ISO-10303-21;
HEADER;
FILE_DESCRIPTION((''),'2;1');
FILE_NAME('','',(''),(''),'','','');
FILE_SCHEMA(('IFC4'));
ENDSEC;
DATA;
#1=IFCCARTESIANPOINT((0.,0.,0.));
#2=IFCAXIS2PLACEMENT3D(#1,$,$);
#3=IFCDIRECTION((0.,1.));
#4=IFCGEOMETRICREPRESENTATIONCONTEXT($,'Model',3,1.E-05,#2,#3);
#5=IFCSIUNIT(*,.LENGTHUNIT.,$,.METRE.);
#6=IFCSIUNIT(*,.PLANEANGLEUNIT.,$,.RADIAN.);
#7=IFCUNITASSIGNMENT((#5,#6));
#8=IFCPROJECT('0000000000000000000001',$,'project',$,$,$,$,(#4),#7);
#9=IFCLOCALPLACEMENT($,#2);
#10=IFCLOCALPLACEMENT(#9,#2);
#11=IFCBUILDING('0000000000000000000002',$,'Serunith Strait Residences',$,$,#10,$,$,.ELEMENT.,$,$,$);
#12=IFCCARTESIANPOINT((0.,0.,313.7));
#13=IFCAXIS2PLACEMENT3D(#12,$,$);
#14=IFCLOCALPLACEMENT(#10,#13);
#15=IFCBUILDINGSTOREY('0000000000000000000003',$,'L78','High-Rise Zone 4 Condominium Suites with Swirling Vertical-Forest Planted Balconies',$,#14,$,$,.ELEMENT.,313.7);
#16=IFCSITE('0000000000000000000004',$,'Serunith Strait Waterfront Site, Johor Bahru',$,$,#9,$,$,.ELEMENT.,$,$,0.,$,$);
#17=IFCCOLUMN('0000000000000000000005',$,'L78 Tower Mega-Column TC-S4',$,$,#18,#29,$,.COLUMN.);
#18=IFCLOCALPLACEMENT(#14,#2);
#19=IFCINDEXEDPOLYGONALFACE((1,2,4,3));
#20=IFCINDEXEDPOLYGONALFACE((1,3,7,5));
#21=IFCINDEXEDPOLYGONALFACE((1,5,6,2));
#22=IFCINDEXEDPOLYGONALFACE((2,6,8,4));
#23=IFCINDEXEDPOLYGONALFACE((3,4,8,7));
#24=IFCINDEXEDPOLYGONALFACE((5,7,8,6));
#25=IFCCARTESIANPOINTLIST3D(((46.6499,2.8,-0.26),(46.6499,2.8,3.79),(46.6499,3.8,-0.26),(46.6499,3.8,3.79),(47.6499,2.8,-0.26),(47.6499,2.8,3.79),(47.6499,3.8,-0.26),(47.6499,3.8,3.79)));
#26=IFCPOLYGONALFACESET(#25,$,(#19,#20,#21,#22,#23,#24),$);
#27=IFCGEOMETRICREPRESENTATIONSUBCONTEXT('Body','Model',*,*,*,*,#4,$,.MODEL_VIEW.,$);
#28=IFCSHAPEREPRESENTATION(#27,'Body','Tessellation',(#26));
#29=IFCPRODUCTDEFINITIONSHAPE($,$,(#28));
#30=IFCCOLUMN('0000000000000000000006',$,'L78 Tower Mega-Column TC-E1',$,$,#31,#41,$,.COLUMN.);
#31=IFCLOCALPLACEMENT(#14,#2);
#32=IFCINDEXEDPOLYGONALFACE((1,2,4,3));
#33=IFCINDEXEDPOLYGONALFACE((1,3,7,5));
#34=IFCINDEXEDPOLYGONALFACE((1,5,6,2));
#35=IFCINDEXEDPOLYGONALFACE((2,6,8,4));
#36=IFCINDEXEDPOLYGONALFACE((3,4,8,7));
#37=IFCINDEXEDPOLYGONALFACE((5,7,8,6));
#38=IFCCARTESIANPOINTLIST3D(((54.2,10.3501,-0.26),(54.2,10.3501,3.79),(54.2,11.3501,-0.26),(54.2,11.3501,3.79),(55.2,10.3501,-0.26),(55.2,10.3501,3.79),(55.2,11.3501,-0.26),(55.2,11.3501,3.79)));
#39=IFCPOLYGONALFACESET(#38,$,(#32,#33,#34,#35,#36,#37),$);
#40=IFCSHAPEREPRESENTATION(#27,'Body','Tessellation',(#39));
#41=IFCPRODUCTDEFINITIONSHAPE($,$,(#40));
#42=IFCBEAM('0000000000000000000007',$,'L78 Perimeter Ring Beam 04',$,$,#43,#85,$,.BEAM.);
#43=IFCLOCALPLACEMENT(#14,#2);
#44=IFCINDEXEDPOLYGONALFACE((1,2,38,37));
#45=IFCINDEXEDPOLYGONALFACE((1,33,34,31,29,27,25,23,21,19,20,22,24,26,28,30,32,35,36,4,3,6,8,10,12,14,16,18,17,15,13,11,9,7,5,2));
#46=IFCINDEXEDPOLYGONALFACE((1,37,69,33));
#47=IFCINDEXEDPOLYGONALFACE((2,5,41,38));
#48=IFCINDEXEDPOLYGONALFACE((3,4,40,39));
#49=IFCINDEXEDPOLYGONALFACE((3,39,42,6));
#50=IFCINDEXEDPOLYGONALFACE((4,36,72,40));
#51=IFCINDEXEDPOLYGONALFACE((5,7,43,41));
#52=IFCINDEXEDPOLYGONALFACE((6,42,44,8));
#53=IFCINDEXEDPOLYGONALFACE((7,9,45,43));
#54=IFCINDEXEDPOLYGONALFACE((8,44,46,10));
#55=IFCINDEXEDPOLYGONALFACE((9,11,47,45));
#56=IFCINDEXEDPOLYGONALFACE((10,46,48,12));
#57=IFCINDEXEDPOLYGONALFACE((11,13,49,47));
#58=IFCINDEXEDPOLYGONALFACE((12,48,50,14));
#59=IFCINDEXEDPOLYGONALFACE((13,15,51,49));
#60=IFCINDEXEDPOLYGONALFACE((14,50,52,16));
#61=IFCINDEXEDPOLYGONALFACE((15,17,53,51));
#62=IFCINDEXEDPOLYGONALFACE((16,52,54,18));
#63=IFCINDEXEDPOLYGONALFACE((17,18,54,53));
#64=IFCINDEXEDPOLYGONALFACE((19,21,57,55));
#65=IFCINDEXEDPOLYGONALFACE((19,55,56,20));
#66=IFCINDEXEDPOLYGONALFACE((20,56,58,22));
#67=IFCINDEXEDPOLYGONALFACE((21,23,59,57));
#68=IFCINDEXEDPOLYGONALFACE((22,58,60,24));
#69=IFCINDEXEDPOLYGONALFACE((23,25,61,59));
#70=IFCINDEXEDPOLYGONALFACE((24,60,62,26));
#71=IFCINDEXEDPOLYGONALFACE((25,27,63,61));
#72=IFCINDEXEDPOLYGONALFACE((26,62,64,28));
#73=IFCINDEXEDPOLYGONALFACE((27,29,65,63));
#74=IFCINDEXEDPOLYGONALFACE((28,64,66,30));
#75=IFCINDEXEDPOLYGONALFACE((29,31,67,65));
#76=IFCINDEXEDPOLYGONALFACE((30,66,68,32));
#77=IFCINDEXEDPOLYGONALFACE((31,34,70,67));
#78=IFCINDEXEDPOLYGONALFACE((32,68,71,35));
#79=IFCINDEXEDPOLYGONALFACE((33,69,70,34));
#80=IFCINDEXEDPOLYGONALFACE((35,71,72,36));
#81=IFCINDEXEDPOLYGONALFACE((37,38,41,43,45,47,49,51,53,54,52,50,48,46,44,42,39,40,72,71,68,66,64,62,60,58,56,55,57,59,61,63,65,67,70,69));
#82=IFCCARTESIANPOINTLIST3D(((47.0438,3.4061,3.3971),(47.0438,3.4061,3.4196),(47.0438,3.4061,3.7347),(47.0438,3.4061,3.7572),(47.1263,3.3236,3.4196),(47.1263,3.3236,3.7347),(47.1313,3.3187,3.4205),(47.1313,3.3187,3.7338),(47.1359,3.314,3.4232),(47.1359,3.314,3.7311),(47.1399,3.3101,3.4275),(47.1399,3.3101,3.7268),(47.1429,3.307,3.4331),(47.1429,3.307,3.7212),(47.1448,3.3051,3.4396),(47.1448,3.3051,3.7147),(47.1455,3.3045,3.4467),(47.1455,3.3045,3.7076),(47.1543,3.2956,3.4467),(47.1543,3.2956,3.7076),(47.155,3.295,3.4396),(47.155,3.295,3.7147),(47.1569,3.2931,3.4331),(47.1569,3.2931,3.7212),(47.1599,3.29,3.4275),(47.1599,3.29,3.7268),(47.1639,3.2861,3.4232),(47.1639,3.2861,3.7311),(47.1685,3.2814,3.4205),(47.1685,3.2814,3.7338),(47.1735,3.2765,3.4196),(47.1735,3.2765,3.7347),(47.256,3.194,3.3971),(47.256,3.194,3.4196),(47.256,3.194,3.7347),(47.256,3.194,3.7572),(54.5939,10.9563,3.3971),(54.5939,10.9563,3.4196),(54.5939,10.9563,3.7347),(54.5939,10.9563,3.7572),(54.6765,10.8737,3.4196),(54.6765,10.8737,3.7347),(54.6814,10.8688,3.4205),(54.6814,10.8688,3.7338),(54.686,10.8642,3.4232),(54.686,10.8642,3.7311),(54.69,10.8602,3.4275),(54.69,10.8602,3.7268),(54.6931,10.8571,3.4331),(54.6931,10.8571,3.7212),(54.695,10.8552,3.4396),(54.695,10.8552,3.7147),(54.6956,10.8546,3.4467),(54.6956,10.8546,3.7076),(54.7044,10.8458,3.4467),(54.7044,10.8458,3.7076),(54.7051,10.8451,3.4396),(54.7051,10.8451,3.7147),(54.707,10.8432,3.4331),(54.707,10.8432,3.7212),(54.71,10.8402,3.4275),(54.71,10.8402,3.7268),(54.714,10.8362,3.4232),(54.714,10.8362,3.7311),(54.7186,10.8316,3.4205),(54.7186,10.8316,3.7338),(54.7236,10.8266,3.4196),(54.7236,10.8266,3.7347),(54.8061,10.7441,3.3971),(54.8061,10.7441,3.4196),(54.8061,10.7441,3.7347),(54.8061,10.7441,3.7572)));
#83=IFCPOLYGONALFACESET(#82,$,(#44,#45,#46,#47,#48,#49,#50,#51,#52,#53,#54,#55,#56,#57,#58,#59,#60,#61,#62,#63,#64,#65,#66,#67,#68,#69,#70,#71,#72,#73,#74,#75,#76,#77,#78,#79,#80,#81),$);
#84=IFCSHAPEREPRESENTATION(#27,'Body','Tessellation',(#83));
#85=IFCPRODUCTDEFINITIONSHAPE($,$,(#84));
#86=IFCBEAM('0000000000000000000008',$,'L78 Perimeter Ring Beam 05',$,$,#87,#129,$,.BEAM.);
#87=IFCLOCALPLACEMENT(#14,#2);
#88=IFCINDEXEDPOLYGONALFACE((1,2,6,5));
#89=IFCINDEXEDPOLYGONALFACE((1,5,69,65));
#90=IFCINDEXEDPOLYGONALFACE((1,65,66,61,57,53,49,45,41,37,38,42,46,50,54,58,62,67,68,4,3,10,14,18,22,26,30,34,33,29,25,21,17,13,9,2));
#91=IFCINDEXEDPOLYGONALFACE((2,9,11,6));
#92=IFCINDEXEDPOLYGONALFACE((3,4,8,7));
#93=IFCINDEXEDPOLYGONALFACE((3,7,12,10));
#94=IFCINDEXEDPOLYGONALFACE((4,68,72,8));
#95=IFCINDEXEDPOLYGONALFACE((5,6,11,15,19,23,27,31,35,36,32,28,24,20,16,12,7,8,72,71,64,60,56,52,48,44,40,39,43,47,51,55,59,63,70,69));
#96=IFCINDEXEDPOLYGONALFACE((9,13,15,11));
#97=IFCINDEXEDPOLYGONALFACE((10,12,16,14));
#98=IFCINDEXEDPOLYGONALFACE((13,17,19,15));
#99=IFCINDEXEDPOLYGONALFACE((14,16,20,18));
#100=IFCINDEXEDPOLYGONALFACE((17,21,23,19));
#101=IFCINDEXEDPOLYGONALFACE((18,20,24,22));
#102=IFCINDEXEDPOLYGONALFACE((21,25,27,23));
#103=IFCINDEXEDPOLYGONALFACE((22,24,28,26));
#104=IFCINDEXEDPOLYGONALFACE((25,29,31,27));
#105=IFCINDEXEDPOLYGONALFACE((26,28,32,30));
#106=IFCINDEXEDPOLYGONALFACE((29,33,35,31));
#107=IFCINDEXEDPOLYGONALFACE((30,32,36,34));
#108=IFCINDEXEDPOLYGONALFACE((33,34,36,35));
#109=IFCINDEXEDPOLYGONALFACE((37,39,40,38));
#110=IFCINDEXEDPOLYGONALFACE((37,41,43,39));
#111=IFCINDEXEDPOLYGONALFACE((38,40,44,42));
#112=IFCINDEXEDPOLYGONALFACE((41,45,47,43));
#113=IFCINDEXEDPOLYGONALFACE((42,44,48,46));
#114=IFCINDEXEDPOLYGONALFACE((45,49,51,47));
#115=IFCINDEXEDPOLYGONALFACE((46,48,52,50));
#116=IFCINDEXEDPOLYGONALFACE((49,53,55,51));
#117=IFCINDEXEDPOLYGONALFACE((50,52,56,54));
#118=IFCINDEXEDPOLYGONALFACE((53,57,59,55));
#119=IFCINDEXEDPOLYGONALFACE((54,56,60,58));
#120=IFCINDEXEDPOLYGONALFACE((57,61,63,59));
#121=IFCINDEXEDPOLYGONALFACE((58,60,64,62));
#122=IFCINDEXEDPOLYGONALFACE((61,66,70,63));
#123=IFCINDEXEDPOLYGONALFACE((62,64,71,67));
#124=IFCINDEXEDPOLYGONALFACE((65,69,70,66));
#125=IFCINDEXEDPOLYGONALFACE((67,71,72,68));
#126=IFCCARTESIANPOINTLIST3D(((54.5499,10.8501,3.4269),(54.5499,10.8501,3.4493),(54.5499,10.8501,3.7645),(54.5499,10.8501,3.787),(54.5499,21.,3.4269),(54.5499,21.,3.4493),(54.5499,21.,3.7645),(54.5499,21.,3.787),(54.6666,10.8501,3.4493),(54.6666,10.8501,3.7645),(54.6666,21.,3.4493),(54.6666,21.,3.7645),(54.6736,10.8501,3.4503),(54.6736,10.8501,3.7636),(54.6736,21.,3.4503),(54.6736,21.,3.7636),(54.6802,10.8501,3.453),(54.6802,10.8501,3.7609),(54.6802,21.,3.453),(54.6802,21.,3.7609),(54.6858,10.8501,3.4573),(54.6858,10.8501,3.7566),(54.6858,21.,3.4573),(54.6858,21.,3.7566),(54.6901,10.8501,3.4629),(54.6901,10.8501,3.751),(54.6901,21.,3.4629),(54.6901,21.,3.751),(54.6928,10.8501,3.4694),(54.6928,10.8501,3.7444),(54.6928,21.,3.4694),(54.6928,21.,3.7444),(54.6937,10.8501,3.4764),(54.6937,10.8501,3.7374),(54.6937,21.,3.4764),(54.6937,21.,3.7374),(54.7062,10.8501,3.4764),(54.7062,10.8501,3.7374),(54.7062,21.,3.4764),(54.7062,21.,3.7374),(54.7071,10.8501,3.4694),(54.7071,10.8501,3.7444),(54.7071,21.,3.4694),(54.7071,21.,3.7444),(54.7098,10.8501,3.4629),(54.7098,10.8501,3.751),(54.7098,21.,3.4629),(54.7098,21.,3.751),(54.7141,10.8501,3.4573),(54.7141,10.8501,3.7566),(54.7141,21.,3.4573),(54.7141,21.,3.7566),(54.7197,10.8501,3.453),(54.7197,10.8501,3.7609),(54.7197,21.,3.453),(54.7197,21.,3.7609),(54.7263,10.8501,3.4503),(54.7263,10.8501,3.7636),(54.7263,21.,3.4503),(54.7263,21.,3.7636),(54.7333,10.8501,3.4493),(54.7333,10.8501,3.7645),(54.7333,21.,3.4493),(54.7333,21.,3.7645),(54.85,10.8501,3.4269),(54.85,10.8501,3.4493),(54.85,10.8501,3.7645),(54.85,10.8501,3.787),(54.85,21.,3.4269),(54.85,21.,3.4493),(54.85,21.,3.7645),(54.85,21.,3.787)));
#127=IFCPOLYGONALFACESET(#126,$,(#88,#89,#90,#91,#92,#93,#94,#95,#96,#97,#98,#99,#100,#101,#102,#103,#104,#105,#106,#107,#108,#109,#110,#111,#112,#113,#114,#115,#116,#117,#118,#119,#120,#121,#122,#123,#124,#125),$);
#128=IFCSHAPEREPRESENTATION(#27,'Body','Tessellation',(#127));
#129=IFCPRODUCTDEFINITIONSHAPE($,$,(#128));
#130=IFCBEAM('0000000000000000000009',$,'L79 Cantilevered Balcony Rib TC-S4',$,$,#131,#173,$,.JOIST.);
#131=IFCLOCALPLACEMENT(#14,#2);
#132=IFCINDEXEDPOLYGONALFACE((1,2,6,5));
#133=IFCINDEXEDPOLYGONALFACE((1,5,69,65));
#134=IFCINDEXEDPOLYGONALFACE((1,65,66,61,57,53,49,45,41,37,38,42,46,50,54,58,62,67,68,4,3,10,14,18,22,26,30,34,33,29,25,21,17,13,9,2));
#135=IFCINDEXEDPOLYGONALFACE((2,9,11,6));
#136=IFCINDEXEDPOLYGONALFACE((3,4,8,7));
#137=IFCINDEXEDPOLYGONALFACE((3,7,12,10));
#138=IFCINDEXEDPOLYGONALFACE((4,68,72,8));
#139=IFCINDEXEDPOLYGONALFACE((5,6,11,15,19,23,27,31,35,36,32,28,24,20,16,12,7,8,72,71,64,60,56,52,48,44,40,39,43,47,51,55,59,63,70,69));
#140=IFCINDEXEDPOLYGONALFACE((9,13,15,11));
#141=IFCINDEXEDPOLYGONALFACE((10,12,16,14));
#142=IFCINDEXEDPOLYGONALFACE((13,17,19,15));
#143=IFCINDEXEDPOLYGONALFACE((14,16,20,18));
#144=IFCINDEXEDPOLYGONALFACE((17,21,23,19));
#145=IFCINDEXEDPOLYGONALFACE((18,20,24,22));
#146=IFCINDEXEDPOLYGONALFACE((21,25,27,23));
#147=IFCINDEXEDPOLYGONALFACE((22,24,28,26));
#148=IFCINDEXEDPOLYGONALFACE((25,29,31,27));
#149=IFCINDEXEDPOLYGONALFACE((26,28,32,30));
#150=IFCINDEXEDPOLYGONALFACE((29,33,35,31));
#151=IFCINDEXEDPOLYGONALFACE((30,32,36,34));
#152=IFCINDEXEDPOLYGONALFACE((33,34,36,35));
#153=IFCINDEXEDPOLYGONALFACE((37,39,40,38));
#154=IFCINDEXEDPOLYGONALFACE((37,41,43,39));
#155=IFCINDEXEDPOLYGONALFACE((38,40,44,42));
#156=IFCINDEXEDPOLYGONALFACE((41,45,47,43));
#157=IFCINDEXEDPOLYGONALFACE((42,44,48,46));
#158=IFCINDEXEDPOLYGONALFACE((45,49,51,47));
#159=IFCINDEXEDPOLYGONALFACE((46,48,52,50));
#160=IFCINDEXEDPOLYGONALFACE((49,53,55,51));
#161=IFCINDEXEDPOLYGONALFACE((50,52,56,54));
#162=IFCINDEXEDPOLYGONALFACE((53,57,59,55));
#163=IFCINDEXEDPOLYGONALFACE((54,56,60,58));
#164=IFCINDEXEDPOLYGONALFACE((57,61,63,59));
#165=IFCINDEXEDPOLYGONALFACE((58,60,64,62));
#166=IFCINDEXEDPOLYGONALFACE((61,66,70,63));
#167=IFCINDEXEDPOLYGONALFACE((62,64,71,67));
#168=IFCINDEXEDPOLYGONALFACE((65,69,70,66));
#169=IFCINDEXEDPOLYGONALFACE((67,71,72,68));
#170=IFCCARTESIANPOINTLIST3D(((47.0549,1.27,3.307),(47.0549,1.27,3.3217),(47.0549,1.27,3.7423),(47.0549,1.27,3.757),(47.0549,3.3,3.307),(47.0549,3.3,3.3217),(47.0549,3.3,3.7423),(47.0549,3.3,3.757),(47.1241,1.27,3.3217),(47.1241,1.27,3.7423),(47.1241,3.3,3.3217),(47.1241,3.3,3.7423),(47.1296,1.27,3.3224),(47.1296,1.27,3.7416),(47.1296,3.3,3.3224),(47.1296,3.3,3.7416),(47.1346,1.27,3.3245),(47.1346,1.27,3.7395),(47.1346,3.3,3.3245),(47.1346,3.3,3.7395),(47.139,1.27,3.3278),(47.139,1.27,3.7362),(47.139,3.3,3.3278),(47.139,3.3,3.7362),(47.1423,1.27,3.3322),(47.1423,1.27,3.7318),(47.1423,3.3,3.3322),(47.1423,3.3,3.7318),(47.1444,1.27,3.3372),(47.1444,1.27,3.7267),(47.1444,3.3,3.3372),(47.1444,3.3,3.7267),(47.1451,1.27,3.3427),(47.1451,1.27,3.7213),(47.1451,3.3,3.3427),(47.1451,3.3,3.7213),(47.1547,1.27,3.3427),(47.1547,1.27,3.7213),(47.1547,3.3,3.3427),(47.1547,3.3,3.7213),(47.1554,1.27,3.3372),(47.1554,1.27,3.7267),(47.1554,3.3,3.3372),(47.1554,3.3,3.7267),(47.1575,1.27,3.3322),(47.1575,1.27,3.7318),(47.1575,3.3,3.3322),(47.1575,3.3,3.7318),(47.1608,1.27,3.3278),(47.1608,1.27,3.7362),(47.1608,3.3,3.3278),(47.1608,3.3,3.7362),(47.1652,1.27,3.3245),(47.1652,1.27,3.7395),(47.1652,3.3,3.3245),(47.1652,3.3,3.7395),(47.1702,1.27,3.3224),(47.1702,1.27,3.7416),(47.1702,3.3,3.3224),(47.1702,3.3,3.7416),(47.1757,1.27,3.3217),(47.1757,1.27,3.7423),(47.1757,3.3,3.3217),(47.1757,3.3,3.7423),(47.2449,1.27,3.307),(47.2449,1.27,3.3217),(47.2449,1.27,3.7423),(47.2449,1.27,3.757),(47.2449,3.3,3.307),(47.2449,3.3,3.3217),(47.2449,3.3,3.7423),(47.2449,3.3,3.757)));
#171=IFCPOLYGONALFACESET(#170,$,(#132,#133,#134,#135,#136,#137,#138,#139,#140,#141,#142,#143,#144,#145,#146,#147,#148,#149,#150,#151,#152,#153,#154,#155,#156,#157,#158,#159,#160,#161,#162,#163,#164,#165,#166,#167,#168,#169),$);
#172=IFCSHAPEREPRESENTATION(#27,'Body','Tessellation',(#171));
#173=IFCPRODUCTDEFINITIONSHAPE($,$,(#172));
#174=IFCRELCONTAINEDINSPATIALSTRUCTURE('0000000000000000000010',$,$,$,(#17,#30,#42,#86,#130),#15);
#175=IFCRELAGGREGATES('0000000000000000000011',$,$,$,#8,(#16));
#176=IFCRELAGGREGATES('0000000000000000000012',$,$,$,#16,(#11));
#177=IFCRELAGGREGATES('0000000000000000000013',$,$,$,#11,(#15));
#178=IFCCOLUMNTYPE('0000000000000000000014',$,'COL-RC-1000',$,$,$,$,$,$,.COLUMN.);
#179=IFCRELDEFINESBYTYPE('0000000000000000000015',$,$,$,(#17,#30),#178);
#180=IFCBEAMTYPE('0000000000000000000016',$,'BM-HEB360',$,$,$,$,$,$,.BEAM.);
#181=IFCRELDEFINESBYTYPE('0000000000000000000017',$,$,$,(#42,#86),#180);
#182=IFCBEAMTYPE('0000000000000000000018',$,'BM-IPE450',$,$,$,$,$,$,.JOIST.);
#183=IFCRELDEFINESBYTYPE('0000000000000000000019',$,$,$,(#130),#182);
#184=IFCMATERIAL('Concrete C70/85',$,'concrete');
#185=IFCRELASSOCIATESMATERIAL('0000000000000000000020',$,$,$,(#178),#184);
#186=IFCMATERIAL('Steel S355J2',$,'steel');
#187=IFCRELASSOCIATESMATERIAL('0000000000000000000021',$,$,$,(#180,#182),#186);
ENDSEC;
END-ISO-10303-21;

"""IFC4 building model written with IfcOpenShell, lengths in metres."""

from ifc_helpers import new_model, si_unit, direction, frame, origin, origin_2d, place, context, subcontext, project, spatial, rectangle, i_section, extrude, source, transform, mapped, material, material_profile, profile_set, type_object, element, save


model = new_model("IFC4")

# Units and contexts
model_context = context("Model", 3, precision=1e-05, world=origin(), true_north=direction((0.0, 1.0)))
body_context = subcontext(model_context, "Body", "Model", "MODEL_VIEW")
ifc_project = project(units=[si_unit("LENGTHUNIT", "METRE"), si_unit("PLANEANGLEUNIT", "RADIAN")], contexts=[model_context])

# Site, building, storey
site_placement = place(None, origin())
site = spatial("IfcSite", under=ifc_project, at=site_placement, Name="Serunith Strait Waterfront Site, Johor Bahru", CompositionType="ELEMENT", RefElevation=0.0)
building_placement = place(site_placement, origin())
building = spatial("IfcBuilding", under=site, at=building_placement, Name="Serunith Strait Residences", CompositionType="ELEMENT")
storey_placement = place(building_placement, frame((0.0, 0.0, 313.7)))
storey = spatial("IfcBuildingStorey", under=building, at=storey_placement, Name="L78", Description="High-Rise Zone 4 Condominium Suites with Swirling Vertical-Forest Planted Balconies", CompositionType="ELEMENT", Elevation=313.7)

# Columns
ifc_material_1 = material(Name="Concrete C70/85", Category="concrete")
ifc_material_profile_1 = material_profile(ifc_material_1, rectangle(XDim=1.0, YDim=1.0, at=origin_2d()), Name="RC 1000x1000")
ifc_profile_set_1 = profile_set([ifc_material_profile_1], Name="Concrete C70/85")
column_type = type_object("IfcColumnType", Name="COL-RC-1000", PredefinedType="COLUMN", material=ifc_profile_set_1)
shared_shape_1 = source(origin(), body_context, "Body", "SweptSolid", [
    extrude(rectangle(XDim=1.0, YDim=1.0, at=origin_2d()), origin(), (0.0, 0.0, 1.0), 4.05),
])
for number, where, z_axis, x_axis, name in (
    (1, (47.1499, 3.3, -0.26), (0.0, 0.0, 1.0), (1.0, 0.0, 0.0), "L78 Tower Mega-Column TC-S4"),
    (2, (54.7, 10.8501, -0.26), (0.0, 0.0, 1.0), (1.0, 0.0, 0.0), "L78 Tower Mega-Column TC-E1"),
):
    element("IfcColumn", number, at=place(storey_placement, frame(where, z_axis=z_axis, x_axis=x_axis)), inside=storey, type_object=column_type, Name=name, PredefinedType="COLUMN", context=body_context, shape_type="MappedRepresentation", body=[
        mapped(shared_shape_1, transform((0.0, 0.0, 0.0), scale=1.0)),
    ])

# Beams
ifc_material_2 = material(Name="Steel S355J2", Category="steel")
ifc_material_profile_2 = material_profile(ifc_material_2, i_section(OverallWidth=0.3, OverallDepth=0.3601, WebThickness=0.0125, FlangeThickness=0.0225, FilletRadius=0.0271, at=origin_2d()), Name="HEB 360")
ifc_profile_set_2 = profile_set([ifc_material_profile_2], Name="Steel S355J2")
beam_type_1 = type_object("IfcBeamType", Name="BM-HEB360", PredefinedType="BEAM", material=ifc_profile_set_2)
shared_shape_2 = source(origin(), body_context, "Body", "SweptSolid", [
    extrude(i_section(OverallWidth=0.3, OverallDepth=0.3601, WebThickness=0.0125, FlangeThickness=0.0225, FilletRadius=0.0271, at=origin_2d()), origin(), (0.0, 0.0, 1.0), 10.6775),
])
beam_1_placement = place(storey_placement, frame((47.1499, 3.3, 3.5771), z_axis=(0.707107, 0.707107, 0.0), x_axis=(-0.707107, 0.707107, 0.0)))
element("IfcBeam", 3, at=beam_1_placement, inside=storey, type_object=beam_type_1, Name="L78 Perimeter Ring Beam 04", PredefinedType="BEAM", context=body_context, shape_type="MappedRepresentation", body=[
    mapped(shared_shape_2, transform((0.0, 0.0, 0.0), scale=1.0)),
])
shared_shape_3 = source(origin(), body_context, "Body", "SweptSolid", [
    extrude(i_section(OverallWidth=0.3, OverallDepth=0.3601, WebThickness=0.0125, FlangeThickness=0.0225, FilletRadius=0.0271, at=origin_2d()), origin(), (0.0, 0.0, 1.0), 10.1499),
])
beam_2_placement = place(storey_placement, frame((54.7, 10.8501, 3.6069), z_axis=(0.0, 1.0, 0.0), x_axis=(-1.0, 0.0, 0.0)))
element("IfcBeam", 4, at=beam_2_placement, inside=storey, type_object=beam_type_1, Name="L78 Perimeter Ring Beam 05", PredefinedType="BEAM", context=body_context, shape_type="MappedRepresentation", body=[
    mapped(shared_shape_3, transform((0.0, 0.0, 0.0), scale=1.0)),
])
ifc_material_profile_3 = material_profile(ifc_material_2, i_section(OverallWidth=0.1899, OverallDepth=0.45, WebThickness=0.0095, FlangeThickness=0.0146, FilletRadius=0.021, at=origin_2d()), Name="IPE 450")
ifc_profile_set_3 = profile_set([ifc_material_profile_3], Name="Steel S355J2")
beam_type_2 = type_object("IfcBeamType", Name="BM-IPE450", PredefinedType="JOIST", material=ifc_profile_set_3)
shared_shape_4 = source(origin(), body_context, "Body", "SweptSolid", [
    extrude(i_section(OverallWidth=0.1899, OverallDepth=0.45, WebThickness=0.0095, FlangeThickness=0.0146, FilletRadius=0.021, at=origin_2d()), origin(), (0.0, 0.0, 1.0), 2.03),
])
for number, where, z_axis, x_axis, name in (
    (5, (47.1499, 3.3, 3.532), (0.0, -1.0, 0.0), (1.0, 0.0, 0.0), "L79 Cantilevered Balcony Rib TC-S4"),
):
    element("IfcBeam", number, at=place(storey_placement, frame(where, z_axis=z_axis, x_axis=x_axis)), inside=storey, type_object=beam_type_2, Name=name, PredefinedType="JOIST", context=body_context, shape_type="MappedRepresentation", body=[
        mapped(shared_shape_4, transform((0.0, 0.0, 0.0), scale=1.0)),
    ])

save(model, "model.ifc")
